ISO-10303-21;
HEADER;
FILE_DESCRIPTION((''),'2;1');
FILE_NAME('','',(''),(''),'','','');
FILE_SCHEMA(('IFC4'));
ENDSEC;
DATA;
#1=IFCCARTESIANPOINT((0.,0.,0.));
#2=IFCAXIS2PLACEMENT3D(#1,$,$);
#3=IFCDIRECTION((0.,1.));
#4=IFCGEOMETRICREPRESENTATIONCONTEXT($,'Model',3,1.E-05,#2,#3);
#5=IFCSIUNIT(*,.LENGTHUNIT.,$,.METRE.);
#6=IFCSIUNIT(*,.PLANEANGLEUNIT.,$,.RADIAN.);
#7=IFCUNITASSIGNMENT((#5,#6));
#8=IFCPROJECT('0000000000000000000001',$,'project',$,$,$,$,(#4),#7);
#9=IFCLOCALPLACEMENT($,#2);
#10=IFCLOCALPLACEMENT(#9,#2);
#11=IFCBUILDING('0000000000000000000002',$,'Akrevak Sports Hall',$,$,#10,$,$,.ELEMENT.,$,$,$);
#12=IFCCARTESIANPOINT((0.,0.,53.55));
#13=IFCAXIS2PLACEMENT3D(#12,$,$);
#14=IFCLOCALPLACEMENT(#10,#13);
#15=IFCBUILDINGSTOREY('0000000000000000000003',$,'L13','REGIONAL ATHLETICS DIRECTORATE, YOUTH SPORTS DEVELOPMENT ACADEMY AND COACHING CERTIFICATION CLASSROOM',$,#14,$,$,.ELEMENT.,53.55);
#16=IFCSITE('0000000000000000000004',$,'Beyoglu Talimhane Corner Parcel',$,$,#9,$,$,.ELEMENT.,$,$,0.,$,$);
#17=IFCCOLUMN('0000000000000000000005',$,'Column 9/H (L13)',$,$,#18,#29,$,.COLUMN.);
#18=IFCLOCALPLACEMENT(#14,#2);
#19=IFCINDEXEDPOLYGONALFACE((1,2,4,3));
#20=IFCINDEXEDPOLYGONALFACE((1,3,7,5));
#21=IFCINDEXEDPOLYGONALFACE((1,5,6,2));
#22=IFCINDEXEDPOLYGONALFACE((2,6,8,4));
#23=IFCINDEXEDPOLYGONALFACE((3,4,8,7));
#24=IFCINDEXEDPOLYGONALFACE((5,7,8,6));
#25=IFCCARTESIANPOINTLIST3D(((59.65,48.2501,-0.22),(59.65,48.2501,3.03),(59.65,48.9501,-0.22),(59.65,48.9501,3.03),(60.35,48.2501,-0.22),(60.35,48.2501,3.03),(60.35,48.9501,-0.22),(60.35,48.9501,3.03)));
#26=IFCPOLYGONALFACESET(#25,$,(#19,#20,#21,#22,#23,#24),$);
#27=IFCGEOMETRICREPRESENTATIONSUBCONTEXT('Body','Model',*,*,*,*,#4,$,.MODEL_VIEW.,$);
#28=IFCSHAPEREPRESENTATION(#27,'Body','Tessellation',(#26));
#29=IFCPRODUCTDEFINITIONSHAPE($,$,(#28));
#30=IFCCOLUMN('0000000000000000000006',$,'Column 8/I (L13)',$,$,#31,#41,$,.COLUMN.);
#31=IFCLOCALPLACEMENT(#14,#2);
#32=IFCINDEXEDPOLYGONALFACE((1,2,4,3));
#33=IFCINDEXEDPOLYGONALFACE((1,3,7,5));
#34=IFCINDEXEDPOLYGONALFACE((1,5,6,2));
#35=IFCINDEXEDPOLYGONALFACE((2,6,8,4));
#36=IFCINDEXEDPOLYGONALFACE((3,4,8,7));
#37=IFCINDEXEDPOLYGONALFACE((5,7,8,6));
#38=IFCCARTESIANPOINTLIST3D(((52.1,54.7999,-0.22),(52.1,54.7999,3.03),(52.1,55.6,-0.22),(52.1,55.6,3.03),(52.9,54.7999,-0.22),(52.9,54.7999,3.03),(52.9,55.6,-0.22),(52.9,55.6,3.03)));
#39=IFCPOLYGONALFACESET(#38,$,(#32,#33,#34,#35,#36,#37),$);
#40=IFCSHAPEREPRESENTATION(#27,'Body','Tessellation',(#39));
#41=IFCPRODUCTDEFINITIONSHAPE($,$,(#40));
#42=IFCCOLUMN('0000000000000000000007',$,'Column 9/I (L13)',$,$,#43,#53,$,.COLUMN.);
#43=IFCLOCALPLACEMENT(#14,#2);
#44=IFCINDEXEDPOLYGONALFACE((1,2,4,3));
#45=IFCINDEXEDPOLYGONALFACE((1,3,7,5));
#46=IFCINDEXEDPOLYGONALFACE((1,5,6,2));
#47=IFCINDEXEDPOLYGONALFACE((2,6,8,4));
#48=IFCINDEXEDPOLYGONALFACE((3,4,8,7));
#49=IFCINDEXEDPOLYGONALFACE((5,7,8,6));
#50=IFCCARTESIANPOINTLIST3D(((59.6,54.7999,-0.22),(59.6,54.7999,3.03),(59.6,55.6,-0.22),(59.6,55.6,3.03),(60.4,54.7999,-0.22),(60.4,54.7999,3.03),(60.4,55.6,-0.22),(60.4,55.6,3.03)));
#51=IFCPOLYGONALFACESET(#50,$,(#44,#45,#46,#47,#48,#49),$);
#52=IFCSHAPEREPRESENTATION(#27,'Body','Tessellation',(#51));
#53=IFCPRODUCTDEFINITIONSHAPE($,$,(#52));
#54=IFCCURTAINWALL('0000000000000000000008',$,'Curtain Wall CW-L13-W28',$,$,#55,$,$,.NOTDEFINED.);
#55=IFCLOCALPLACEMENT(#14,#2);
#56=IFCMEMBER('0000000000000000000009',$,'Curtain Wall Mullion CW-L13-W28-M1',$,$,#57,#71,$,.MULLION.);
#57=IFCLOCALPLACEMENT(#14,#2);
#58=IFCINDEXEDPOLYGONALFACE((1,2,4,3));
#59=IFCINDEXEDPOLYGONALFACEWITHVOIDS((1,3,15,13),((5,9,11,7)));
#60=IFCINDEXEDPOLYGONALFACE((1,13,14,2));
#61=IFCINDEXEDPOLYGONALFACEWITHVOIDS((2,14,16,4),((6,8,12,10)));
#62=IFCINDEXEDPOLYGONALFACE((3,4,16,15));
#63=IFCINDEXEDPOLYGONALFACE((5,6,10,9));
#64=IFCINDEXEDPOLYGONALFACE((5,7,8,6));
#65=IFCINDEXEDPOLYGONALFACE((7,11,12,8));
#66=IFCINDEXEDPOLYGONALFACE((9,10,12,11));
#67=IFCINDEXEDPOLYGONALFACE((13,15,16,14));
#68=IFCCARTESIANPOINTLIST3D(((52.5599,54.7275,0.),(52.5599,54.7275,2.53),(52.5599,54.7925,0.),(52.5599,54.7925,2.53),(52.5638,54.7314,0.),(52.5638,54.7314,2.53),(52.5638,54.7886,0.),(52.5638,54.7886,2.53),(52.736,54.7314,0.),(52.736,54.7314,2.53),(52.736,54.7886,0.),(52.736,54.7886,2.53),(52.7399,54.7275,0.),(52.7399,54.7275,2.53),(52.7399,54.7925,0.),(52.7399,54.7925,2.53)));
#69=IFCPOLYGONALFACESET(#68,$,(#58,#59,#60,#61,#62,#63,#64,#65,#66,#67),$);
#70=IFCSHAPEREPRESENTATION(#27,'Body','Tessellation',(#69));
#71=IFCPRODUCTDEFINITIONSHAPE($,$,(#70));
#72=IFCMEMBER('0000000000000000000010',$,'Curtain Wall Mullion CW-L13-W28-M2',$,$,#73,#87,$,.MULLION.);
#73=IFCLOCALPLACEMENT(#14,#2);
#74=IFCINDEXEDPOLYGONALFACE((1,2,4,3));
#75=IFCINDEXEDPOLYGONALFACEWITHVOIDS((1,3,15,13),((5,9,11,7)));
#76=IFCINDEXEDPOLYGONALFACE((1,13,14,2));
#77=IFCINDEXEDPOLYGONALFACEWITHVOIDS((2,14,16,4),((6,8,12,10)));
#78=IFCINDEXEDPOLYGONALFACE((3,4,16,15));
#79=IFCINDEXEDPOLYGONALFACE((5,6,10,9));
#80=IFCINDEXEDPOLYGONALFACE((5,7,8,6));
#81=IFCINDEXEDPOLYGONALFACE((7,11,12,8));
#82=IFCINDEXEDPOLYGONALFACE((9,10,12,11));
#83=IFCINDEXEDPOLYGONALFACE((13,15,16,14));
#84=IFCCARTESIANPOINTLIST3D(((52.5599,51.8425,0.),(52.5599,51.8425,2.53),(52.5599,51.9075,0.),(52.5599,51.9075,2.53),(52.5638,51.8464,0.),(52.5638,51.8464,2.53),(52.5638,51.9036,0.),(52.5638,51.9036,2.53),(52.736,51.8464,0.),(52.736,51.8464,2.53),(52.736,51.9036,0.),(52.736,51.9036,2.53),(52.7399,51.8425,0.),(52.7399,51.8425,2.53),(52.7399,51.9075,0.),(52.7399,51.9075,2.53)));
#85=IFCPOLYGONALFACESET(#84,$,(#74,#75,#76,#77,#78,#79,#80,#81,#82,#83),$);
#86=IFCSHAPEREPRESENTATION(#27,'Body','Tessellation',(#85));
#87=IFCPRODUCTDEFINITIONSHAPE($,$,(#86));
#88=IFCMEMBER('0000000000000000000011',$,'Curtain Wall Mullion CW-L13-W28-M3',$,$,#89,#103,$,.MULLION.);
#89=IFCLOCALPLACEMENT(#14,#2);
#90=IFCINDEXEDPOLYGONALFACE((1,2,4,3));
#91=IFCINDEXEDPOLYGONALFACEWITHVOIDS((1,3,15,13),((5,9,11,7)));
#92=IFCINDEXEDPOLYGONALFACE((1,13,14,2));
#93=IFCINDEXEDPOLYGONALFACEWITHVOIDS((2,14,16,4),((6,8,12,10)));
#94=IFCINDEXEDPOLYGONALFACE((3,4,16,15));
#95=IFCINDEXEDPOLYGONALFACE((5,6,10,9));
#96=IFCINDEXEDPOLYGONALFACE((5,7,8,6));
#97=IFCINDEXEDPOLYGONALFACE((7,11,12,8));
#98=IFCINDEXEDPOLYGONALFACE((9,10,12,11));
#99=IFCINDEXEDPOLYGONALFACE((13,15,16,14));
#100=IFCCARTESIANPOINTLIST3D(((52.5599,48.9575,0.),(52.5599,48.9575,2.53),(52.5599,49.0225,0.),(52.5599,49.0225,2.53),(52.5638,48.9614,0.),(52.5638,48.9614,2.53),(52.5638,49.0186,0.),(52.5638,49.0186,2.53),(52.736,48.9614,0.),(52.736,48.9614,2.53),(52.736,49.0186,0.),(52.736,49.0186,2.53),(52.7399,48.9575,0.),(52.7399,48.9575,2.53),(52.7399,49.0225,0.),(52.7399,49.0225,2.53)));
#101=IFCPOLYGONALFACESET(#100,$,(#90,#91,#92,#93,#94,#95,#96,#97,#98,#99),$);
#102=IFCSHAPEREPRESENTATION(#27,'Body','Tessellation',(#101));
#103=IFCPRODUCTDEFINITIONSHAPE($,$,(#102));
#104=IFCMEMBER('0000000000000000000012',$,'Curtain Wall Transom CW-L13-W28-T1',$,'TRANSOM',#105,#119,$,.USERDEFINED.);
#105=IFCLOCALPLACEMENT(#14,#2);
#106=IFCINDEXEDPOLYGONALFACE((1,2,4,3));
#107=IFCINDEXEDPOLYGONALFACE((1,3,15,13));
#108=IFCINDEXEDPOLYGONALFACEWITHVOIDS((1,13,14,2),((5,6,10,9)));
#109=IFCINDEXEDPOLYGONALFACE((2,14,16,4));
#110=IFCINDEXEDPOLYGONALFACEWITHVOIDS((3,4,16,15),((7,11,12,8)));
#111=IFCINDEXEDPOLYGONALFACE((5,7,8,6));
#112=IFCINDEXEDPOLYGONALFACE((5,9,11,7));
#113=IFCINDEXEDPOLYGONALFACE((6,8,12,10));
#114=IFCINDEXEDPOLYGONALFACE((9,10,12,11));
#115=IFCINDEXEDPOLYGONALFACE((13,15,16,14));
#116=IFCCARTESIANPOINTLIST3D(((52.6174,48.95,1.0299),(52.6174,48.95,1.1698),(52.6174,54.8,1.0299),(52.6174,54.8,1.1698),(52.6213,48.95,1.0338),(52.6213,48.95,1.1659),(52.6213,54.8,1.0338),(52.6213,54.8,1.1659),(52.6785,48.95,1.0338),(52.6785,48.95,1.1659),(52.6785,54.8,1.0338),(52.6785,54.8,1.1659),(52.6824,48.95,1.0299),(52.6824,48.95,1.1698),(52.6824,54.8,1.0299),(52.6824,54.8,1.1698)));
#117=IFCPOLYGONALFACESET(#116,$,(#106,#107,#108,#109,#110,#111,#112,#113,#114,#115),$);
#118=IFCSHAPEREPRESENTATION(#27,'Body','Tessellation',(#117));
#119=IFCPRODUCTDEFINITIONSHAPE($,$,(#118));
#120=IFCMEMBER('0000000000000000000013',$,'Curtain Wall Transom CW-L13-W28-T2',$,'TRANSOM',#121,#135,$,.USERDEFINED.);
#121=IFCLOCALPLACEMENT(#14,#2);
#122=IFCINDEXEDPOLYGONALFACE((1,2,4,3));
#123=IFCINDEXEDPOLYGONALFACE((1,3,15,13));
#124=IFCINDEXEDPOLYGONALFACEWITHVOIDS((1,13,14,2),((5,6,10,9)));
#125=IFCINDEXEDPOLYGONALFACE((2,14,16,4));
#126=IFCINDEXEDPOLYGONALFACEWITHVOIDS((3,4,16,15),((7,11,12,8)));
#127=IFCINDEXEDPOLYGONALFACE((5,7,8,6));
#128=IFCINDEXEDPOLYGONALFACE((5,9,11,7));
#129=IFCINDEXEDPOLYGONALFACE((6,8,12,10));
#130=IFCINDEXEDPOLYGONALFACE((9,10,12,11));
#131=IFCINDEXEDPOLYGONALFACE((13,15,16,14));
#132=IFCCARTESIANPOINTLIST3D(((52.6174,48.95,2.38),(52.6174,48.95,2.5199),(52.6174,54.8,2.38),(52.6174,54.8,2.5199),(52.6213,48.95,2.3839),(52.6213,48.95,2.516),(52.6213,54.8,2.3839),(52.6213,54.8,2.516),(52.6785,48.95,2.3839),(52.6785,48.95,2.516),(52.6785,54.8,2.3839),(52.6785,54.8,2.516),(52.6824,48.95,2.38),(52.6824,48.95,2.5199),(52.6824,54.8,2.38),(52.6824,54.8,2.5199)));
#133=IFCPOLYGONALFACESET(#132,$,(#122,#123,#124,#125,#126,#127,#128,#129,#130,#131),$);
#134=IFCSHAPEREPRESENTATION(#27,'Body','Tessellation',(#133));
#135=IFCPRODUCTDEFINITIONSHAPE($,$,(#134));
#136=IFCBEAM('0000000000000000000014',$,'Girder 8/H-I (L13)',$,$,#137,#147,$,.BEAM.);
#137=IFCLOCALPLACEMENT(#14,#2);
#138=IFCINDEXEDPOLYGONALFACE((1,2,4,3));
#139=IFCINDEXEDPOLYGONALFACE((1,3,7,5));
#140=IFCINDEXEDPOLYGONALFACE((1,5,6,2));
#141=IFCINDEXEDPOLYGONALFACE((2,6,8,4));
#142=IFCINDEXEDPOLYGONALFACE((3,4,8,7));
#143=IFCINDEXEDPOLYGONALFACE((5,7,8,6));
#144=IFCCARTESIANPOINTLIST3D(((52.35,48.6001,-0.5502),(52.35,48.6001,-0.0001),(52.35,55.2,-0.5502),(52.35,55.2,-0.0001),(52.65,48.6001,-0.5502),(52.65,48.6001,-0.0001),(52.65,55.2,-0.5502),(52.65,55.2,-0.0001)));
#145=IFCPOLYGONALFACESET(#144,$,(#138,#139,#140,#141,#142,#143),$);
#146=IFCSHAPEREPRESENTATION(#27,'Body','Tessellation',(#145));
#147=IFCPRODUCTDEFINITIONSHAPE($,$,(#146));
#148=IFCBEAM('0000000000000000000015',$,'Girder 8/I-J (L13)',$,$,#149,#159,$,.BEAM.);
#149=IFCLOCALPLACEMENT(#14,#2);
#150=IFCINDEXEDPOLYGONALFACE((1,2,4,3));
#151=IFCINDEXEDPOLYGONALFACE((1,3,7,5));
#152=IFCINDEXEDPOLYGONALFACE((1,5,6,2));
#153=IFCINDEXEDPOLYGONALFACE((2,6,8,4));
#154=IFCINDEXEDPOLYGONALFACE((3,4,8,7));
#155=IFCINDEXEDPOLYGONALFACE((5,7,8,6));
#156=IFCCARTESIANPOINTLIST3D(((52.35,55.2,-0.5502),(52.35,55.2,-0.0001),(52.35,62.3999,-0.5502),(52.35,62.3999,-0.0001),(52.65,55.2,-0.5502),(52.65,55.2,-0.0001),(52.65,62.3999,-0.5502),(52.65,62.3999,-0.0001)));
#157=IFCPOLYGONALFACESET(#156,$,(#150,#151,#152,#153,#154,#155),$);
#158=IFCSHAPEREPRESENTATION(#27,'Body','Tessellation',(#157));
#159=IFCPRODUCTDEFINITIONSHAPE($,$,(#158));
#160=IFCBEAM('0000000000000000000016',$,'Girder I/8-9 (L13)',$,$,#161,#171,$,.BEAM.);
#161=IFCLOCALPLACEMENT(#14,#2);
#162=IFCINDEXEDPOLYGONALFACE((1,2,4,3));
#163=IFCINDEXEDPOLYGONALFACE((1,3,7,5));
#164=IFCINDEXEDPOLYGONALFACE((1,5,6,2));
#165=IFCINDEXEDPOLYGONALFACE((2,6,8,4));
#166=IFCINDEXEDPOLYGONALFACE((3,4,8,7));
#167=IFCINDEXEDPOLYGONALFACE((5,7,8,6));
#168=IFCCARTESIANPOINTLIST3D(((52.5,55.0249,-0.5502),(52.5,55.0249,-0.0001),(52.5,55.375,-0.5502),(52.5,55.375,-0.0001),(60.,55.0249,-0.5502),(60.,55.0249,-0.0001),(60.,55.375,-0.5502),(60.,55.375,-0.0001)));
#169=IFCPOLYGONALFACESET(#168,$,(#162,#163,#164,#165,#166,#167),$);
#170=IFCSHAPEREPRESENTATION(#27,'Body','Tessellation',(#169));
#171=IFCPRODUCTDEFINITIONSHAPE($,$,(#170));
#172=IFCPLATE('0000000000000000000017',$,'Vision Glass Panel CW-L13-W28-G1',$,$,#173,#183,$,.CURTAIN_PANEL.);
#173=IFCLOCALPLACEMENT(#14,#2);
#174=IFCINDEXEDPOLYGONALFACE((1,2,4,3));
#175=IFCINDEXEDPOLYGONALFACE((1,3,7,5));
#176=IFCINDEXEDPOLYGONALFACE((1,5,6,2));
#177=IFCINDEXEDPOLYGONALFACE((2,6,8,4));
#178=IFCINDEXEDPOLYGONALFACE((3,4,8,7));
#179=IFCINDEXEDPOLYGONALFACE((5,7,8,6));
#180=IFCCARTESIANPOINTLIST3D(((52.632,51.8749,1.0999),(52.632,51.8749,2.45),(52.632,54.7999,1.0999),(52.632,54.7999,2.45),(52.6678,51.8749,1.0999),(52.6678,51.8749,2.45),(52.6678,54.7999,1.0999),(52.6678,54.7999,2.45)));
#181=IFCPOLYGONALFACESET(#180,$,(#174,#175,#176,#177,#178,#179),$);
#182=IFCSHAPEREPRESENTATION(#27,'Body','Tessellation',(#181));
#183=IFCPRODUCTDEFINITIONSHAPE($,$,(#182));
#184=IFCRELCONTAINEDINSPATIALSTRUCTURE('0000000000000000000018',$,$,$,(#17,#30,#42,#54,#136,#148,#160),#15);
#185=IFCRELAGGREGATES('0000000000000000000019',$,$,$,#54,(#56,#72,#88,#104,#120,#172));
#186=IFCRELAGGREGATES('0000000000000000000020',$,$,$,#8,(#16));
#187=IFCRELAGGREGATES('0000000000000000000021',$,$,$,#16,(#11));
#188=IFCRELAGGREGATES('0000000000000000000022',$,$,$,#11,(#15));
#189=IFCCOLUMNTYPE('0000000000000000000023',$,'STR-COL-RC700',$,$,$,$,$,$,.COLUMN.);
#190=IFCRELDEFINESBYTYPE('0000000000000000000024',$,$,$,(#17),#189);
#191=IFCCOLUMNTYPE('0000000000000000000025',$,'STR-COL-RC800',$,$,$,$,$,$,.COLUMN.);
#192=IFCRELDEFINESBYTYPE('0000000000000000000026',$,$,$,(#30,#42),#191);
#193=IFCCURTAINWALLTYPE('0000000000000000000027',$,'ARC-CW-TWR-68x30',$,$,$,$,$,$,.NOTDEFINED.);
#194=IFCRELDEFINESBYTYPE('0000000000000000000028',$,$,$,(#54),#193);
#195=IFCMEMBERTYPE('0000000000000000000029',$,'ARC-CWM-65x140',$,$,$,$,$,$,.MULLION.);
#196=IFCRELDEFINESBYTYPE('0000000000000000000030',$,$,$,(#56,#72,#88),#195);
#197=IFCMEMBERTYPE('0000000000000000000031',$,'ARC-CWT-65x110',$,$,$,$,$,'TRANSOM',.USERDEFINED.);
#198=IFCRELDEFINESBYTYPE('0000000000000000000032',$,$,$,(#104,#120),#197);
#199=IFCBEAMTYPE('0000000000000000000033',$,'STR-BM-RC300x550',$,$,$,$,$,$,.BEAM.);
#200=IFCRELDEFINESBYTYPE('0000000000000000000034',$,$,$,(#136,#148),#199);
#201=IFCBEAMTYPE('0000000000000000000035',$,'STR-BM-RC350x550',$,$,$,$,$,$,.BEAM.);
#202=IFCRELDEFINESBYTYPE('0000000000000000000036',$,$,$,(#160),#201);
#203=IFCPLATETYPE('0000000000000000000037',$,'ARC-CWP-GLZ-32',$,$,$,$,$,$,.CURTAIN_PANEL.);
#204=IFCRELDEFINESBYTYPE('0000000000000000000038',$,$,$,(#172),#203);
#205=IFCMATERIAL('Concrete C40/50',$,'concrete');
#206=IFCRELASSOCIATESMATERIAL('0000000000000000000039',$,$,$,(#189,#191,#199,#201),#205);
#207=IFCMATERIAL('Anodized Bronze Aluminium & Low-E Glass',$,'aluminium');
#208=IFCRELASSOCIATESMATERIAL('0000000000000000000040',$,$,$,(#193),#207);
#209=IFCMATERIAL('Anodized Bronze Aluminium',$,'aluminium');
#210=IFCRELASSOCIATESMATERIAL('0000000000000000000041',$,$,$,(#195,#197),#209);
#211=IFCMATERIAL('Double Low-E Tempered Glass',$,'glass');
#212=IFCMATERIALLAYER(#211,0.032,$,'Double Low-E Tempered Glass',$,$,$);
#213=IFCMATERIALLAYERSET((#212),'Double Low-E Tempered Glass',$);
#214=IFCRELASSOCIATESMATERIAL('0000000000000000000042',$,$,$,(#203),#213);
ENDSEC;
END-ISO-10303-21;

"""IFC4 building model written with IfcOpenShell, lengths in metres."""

from ifc_helpers import new_model, si_unit, direction, frame, origin, origin_2d, place, context, subcontext, project, spatial, rectangle, hollow_rectangle, extrude, material, layer, layer_set, material_profile, profile_set, type_object, element, aggregate, save


model = new_model("IFC4")

# Units and contexts
model_context = context("Model", 3, precision=1e-05, world=origin(), true_north=direction((0.0, 1.0)))
body_context = subcontext(model_context, "Body", "Model", "MODEL_VIEW")
ifc_project = project(units=[si_unit("LENGTHUNIT", "METRE"), si_unit("PLANEANGLEUNIT", "RADIAN")], contexts=[model_context])

# Site, building, storey
site_placement = place(None, origin())
site = spatial("IfcSite", under=ifc_project, at=site_placement, Name="Beyoglu Talimhane Corner Parcel", CompositionType="ELEMENT", RefElevation=0.0)
building_placement = place(site_placement, origin())
building = spatial("IfcBuilding", under=site, at=building_placement, Name="Akrevak Sports Hall", CompositionType="ELEMENT")
storey_placement = place(building_placement, frame((0.0, 0.0, 53.55)))
storey = spatial("IfcBuildingStorey", under=building, at=storey_placement, Name="L13", Description="REGIONAL ATHLETICS DIRECTORATE, YOUTH SPORTS DEVELOPMENT ACADEMY AND COACHING CERTIFICATION CLASSROOM", CompositionType="ELEMENT", Elevation=53.55)

# Columns
ifc_material_1 = material(Name="Concrete C40/50", Category="concrete")
ifc_material_profile_1 = material_profile(ifc_material_1, rectangle(XDim=0.7, YDim=0.7, at=origin_2d()), Name="RC 700x700", Category="concrete")
ifc_profile_set_1 = profile_set([ifc_material_profile_1], Name="Concrete C40/50")
column_type_1 = type_object("IfcColumnType", Name="STR-COL-RC700", PredefinedType="COLUMN", material=ifc_profile_set_1)
column_placement = place(storey_placement, frame((60.0, 48.6001, -0.22), z_axis=(0.0, 0.0, 1.0), x_axis=(1.0, 0.0, 0.0)))
element("IfcColumn", 1, at=column_placement, inside=storey, type_object=column_type_1, Name="Column 9/H (L13)", PredefinedType="COLUMN", context=body_context, shape_type="SweptSolid", body=[
    extrude(rectangle(XDim=0.7, YDim=0.7, at=origin_2d()), origin(), (0.0, 0.0, 1.0), 3.25),
])
ifc_material_profile_2 = material_profile(ifc_material_1, rectangle(XDim=0.8, YDim=0.8, at=origin_2d()), Name="RC 800x800", Category="concrete")
ifc_profile_set_2 = profile_set([ifc_material_profile_2], Name="Concrete C40/50")
column_type_2 = type_object("IfcColumnType", Name="STR-COL-RC800", PredefinedType="COLUMN", material=ifc_profile_set_2)
for number, where, z_axis, x_axis, name in (
    (2, (52.5, 55.2, -0.22), (0.0, 0.0, 1.0), (1.0, 0.0, 0.0), "Column 8/I (L13)"),
    (3, (60.0, 55.2, -0.22), (0.0, 0.0, 1.0), (1.0, 0.0, 0.0), "Column 9/I (L13)"),
):
    element("IfcColumn", number, at=place(storey_placement, frame(where, z_axis=z_axis, x_axis=x_axis)), inside=storey, type_object=column_type_2, Name=name, PredefinedType="COLUMN", context=body_context, shape_type="SweptSolid", body=[
        extrude(rectangle(XDim=0.8, YDim=0.8, at=origin_2d()), origin(), (0.0, 0.0, 1.0), 3.25),
    ])

# Curtain wall, members
ifc_material_2 = material(Name="Anodized Bronze Aluminium & Low-E Glass", Category="aluminium")
curtain_wall_type = type_object("IfcCurtainWallType", Name="ARC-CW-TWR-68x30", PredefinedType="NOTDEFINED", material=ifc_material_2)
curtain_wall_placement = place(storey_placement, origin())
curtain_wall = element("IfcCurtainWall", 4, at=curtain_wall_placement, inside=storey, type_object=curtain_wall_type, Name="Curtain Wall CW-L13-W28", PredefinedType="NOTDEFINED")
ifc_material_3 = material(Name="Anodized Bronze Aluminium", Category="aluminium")
ifc_material_profile_3 = material_profile(ifc_material_3, hollow_rectangle(XDim=0.0649, YDim=0.1799, WallThickness=0.0039, at=origin_2d()), Name="CWM 65x180", Category="aluminium")
ifc_profile_set_3 = profile_set([ifc_material_profile_3], Name="Anodized Bronze Aluminium")
member_type_1 = type_object("IfcMemberType", Name="ARC-CWM-65x140", PredefinedType="MULLION", material=ifc_profile_set_3)
member_1_placement = place(storey_placement, frame((52.6499, 54.76, 0.0), z_axis=(0.0, 0.0, 1.0), x_axis=(0.0, -1.0, 0.0)))
member_1 = element("IfcMember", 5, at=member_1_placement, type_object=member_type_1, Name="Curtain Wall Mullion CW-L13-W28-M1", PredefinedType="MULLION", context=body_context, shape_type="SweptSolid", body=[
    extrude(hollow_rectangle(XDim=0.0649, YDim=0.1799, WallThickness=0.0039, at=origin_2d()), origin(), (0.0, 0.0, 1.0), 2.53),
])
member_2_placement = place(storey_placement, frame((52.6499, 51.875, 0.0), z_axis=(0.0, 0.0, 1.0), x_axis=(0.0, -1.0, 0.0)))
member_2 = element("IfcMember", 6, at=member_2_placement, type_object=member_type_1, Name="Curtain Wall Mullion CW-L13-W28-M2", PredefinedType="MULLION", context=body_context, shape_type="SweptSolid", body=[
    extrude(hollow_rectangle(XDim=0.0649, YDim=0.1799, WallThickness=0.0039, at=origin_2d()), origin(), (0.0, 0.0, 1.0), 2.53),
])
member_3_placement = place(storey_placement, frame((52.6499, 48.99, 0.0), z_axis=(0.0, 0.0, 1.0), x_axis=(0.0, -1.0, 0.0)))
member_3 = element("IfcMember", 7, at=member_3_placement, type_object=member_type_1, Name="Curtain Wall Mullion CW-L13-W28-M3", PredefinedType="MULLION", context=body_context, shape_type="SweptSolid", body=[
    extrude(hollow_rectangle(XDim=0.0649, YDim=0.1799, WallThickness=0.0039, at=origin_2d()), origin(), (0.0, 0.0, 1.0), 2.53),
])
ifc_material_profile_4 = material_profile(ifc_material_3, hollow_rectangle(XDim=0.0649, YDim=0.1399, WallThickness=0.0039, at=origin_2d()), Name="CWT 65x140", Category="aluminium")
ifc_profile_set_4 = profile_set([ifc_material_profile_4], Name="Anodized Bronze Aluminium")
member_type_2 = type_object("IfcMemberType", Name="ARC-CWT-65x110", ElementType="TRANSOM", PredefinedType="USERDEFINED", material=ifc_profile_set_4)
member_4_placement = place(storey_placement, frame((52.6499, 54.8, 1.0999), z_axis=(0.0, -1.0, 0.0), x_axis=(1.0, 0.0, 0.0)))
member_4 = element("IfcMember", 8, at=member_4_placement, type_object=member_type_2, Name="Curtain Wall Transom CW-L13-W28-T1", ObjectType="TRANSOM", PredefinedType="USERDEFINED", context=body_context, shape_type="SweptSolid", body=[
    extrude(hollow_rectangle(XDim=0.0649, YDim=0.1399, WallThickness=0.0039, at=origin_2d()), origin(), (0.0, 0.0, 1.0), 5.8501),
])
member_5_placement = place(storey_placement, frame((52.6499, 54.8, 2.45), z_axis=(0.0, -1.0, 0.0), x_axis=(1.0, 0.0, 0.0)))
member_5 = element("IfcMember", 9, at=member_5_placement, type_object=member_type_2, Name="Curtain Wall Transom CW-L13-W28-T2", ObjectType="TRANSOM", PredefinedType="USERDEFINED", context=body_context, shape_type="SweptSolid", body=[
    extrude(hollow_rectangle(XDim=0.0649, YDim=0.1399, WallThickness=0.0039, at=origin_2d()), origin(), (0.0, 0.0, 1.0), 5.8501),
])

# Beams
ifc_material_profile_5 = material_profile(ifc_material_1, rectangle(XDim=0.3, YDim=0.55, at=origin_2d()), Name="BM 300x550", Category="concrete")
ifc_profile_set_5 = profile_set([ifc_material_profile_5], Name="Concrete C40/50")
beam_type_1 = type_object("IfcBeamType", Name="STR-BM-RC300x550", PredefinedType="BEAM", material=ifc_profile_set_5)
beam_1_placement = place(storey_placement, frame((52.5, 48.6001, -0.2751), z_axis=(0.0, 1.0, 0.0), x_axis=(-1.0, 0.0, 0.0)))
element("IfcBeam", 10, at=beam_1_placement, inside=storey, type_object=beam_type_1, Name="Girder 8/H-I (L13)", PredefinedType="BEAM", context=body_context, shape_type="SweptSolid", body=[
    extrude(rectangle(XDim=0.3, YDim=0.55, at=origin_2d()), origin(), (0.0, 0.0, 1.0), 6.5999),
])
beam_2_placement = place(storey_placement, frame((52.5, 55.2, -0.2751), z_axis=(0.0, 1.0, 0.0), x_axis=(-1.0, 0.0, 0.0)))
element("IfcBeam", 11, at=beam_2_placement, inside=storey, type_object=beam_type_1, Name="Girder 8/I-J (L13)", PredefinedType="BEAM", context=body_context, shape_type="SweptSolid", body=[
    extrude(rectangle(XDim=0.3, YDim=0.55, at=origin_2d()), origin(), (0.0, 0.0, 1.0), 7.2),
])
ifc_material_profile_6 = material_profile(ifc_material_1, rectangle(XDim=0.3501, YDim=0.55, at=origin_2d()), Name="BM 350x550", Category="concrete")
ifc_profile_set_6 = profile_set([ifc_material_profile_6], Name="Concrete C40/50")
beam_type_2 = type_object("IfcBeamType", Name="STR-BM-RC350x550", PredefinedType="BEAM", material=ifc_profile_set_6)
beam_3_placement = place(storey_placement, frame((52.5, 55.2, -0.2751), z_axis=(1.0, 0.0, 0.0), x_axis=(0.0, 1.0, 0.0)))
element("IfcBeam", 12, at=beam_3_placement, inside=storey, type_object=beam_type_2, Name="Girder I/8-9 (L13)", PredefinedType="BEAM", context=body_context, shape_type="SweptSolid", body=[
    extrude(rectangle(XDim=0.3501, YDim=0.55, at=origin_2d()), origin(), (0.0, 0.0, 1.0), 7.5),
])

# Plate
ifc_material_4 = material(Name="Double Low-E Tempered Glass", Category="glass")
ifc_layer_1 = layer(ifc_material_4, 0.032, Name="Double Low-E Tempered Glass")
ifc_layer_set_1 = layer_set([ifc_layer_1], Name="Double Low-E Tempered Glass")
plate_type_1 = type_object("IfcPlateType", Name="ARC-CWP-GLZ-32", PredefinedType="CURTAIN_PANEL", material=ifc_layer_set_1)
plate_1_placement = place(storey_placement, frame((52.6499, 53.3374, 1.0999), z_axis=(0.0, 0.0, 1.0), x_axis=(0.0, -1.0, 0.0)))
plate_1 = element("IfcPlate", 13, at=plate_1_placement, type_object=plate_type_1, Name="Vision Glass Panel CW-L13-W28-G1", PredefinedType="CURTAIN_PANEL", context=body_context, shape_type="SweptSolid", body=[
    extrude(rectangle(XDim=2.925, YDim=0.0359, at=origin_2d()), origin(), (0.0, 0.0, 1.0), 1.3501),
])
aggregate(curtain_wall, [member_1, member_2, member_3, member_4, member_5, plate_1])

save(model, "model.ifc")
